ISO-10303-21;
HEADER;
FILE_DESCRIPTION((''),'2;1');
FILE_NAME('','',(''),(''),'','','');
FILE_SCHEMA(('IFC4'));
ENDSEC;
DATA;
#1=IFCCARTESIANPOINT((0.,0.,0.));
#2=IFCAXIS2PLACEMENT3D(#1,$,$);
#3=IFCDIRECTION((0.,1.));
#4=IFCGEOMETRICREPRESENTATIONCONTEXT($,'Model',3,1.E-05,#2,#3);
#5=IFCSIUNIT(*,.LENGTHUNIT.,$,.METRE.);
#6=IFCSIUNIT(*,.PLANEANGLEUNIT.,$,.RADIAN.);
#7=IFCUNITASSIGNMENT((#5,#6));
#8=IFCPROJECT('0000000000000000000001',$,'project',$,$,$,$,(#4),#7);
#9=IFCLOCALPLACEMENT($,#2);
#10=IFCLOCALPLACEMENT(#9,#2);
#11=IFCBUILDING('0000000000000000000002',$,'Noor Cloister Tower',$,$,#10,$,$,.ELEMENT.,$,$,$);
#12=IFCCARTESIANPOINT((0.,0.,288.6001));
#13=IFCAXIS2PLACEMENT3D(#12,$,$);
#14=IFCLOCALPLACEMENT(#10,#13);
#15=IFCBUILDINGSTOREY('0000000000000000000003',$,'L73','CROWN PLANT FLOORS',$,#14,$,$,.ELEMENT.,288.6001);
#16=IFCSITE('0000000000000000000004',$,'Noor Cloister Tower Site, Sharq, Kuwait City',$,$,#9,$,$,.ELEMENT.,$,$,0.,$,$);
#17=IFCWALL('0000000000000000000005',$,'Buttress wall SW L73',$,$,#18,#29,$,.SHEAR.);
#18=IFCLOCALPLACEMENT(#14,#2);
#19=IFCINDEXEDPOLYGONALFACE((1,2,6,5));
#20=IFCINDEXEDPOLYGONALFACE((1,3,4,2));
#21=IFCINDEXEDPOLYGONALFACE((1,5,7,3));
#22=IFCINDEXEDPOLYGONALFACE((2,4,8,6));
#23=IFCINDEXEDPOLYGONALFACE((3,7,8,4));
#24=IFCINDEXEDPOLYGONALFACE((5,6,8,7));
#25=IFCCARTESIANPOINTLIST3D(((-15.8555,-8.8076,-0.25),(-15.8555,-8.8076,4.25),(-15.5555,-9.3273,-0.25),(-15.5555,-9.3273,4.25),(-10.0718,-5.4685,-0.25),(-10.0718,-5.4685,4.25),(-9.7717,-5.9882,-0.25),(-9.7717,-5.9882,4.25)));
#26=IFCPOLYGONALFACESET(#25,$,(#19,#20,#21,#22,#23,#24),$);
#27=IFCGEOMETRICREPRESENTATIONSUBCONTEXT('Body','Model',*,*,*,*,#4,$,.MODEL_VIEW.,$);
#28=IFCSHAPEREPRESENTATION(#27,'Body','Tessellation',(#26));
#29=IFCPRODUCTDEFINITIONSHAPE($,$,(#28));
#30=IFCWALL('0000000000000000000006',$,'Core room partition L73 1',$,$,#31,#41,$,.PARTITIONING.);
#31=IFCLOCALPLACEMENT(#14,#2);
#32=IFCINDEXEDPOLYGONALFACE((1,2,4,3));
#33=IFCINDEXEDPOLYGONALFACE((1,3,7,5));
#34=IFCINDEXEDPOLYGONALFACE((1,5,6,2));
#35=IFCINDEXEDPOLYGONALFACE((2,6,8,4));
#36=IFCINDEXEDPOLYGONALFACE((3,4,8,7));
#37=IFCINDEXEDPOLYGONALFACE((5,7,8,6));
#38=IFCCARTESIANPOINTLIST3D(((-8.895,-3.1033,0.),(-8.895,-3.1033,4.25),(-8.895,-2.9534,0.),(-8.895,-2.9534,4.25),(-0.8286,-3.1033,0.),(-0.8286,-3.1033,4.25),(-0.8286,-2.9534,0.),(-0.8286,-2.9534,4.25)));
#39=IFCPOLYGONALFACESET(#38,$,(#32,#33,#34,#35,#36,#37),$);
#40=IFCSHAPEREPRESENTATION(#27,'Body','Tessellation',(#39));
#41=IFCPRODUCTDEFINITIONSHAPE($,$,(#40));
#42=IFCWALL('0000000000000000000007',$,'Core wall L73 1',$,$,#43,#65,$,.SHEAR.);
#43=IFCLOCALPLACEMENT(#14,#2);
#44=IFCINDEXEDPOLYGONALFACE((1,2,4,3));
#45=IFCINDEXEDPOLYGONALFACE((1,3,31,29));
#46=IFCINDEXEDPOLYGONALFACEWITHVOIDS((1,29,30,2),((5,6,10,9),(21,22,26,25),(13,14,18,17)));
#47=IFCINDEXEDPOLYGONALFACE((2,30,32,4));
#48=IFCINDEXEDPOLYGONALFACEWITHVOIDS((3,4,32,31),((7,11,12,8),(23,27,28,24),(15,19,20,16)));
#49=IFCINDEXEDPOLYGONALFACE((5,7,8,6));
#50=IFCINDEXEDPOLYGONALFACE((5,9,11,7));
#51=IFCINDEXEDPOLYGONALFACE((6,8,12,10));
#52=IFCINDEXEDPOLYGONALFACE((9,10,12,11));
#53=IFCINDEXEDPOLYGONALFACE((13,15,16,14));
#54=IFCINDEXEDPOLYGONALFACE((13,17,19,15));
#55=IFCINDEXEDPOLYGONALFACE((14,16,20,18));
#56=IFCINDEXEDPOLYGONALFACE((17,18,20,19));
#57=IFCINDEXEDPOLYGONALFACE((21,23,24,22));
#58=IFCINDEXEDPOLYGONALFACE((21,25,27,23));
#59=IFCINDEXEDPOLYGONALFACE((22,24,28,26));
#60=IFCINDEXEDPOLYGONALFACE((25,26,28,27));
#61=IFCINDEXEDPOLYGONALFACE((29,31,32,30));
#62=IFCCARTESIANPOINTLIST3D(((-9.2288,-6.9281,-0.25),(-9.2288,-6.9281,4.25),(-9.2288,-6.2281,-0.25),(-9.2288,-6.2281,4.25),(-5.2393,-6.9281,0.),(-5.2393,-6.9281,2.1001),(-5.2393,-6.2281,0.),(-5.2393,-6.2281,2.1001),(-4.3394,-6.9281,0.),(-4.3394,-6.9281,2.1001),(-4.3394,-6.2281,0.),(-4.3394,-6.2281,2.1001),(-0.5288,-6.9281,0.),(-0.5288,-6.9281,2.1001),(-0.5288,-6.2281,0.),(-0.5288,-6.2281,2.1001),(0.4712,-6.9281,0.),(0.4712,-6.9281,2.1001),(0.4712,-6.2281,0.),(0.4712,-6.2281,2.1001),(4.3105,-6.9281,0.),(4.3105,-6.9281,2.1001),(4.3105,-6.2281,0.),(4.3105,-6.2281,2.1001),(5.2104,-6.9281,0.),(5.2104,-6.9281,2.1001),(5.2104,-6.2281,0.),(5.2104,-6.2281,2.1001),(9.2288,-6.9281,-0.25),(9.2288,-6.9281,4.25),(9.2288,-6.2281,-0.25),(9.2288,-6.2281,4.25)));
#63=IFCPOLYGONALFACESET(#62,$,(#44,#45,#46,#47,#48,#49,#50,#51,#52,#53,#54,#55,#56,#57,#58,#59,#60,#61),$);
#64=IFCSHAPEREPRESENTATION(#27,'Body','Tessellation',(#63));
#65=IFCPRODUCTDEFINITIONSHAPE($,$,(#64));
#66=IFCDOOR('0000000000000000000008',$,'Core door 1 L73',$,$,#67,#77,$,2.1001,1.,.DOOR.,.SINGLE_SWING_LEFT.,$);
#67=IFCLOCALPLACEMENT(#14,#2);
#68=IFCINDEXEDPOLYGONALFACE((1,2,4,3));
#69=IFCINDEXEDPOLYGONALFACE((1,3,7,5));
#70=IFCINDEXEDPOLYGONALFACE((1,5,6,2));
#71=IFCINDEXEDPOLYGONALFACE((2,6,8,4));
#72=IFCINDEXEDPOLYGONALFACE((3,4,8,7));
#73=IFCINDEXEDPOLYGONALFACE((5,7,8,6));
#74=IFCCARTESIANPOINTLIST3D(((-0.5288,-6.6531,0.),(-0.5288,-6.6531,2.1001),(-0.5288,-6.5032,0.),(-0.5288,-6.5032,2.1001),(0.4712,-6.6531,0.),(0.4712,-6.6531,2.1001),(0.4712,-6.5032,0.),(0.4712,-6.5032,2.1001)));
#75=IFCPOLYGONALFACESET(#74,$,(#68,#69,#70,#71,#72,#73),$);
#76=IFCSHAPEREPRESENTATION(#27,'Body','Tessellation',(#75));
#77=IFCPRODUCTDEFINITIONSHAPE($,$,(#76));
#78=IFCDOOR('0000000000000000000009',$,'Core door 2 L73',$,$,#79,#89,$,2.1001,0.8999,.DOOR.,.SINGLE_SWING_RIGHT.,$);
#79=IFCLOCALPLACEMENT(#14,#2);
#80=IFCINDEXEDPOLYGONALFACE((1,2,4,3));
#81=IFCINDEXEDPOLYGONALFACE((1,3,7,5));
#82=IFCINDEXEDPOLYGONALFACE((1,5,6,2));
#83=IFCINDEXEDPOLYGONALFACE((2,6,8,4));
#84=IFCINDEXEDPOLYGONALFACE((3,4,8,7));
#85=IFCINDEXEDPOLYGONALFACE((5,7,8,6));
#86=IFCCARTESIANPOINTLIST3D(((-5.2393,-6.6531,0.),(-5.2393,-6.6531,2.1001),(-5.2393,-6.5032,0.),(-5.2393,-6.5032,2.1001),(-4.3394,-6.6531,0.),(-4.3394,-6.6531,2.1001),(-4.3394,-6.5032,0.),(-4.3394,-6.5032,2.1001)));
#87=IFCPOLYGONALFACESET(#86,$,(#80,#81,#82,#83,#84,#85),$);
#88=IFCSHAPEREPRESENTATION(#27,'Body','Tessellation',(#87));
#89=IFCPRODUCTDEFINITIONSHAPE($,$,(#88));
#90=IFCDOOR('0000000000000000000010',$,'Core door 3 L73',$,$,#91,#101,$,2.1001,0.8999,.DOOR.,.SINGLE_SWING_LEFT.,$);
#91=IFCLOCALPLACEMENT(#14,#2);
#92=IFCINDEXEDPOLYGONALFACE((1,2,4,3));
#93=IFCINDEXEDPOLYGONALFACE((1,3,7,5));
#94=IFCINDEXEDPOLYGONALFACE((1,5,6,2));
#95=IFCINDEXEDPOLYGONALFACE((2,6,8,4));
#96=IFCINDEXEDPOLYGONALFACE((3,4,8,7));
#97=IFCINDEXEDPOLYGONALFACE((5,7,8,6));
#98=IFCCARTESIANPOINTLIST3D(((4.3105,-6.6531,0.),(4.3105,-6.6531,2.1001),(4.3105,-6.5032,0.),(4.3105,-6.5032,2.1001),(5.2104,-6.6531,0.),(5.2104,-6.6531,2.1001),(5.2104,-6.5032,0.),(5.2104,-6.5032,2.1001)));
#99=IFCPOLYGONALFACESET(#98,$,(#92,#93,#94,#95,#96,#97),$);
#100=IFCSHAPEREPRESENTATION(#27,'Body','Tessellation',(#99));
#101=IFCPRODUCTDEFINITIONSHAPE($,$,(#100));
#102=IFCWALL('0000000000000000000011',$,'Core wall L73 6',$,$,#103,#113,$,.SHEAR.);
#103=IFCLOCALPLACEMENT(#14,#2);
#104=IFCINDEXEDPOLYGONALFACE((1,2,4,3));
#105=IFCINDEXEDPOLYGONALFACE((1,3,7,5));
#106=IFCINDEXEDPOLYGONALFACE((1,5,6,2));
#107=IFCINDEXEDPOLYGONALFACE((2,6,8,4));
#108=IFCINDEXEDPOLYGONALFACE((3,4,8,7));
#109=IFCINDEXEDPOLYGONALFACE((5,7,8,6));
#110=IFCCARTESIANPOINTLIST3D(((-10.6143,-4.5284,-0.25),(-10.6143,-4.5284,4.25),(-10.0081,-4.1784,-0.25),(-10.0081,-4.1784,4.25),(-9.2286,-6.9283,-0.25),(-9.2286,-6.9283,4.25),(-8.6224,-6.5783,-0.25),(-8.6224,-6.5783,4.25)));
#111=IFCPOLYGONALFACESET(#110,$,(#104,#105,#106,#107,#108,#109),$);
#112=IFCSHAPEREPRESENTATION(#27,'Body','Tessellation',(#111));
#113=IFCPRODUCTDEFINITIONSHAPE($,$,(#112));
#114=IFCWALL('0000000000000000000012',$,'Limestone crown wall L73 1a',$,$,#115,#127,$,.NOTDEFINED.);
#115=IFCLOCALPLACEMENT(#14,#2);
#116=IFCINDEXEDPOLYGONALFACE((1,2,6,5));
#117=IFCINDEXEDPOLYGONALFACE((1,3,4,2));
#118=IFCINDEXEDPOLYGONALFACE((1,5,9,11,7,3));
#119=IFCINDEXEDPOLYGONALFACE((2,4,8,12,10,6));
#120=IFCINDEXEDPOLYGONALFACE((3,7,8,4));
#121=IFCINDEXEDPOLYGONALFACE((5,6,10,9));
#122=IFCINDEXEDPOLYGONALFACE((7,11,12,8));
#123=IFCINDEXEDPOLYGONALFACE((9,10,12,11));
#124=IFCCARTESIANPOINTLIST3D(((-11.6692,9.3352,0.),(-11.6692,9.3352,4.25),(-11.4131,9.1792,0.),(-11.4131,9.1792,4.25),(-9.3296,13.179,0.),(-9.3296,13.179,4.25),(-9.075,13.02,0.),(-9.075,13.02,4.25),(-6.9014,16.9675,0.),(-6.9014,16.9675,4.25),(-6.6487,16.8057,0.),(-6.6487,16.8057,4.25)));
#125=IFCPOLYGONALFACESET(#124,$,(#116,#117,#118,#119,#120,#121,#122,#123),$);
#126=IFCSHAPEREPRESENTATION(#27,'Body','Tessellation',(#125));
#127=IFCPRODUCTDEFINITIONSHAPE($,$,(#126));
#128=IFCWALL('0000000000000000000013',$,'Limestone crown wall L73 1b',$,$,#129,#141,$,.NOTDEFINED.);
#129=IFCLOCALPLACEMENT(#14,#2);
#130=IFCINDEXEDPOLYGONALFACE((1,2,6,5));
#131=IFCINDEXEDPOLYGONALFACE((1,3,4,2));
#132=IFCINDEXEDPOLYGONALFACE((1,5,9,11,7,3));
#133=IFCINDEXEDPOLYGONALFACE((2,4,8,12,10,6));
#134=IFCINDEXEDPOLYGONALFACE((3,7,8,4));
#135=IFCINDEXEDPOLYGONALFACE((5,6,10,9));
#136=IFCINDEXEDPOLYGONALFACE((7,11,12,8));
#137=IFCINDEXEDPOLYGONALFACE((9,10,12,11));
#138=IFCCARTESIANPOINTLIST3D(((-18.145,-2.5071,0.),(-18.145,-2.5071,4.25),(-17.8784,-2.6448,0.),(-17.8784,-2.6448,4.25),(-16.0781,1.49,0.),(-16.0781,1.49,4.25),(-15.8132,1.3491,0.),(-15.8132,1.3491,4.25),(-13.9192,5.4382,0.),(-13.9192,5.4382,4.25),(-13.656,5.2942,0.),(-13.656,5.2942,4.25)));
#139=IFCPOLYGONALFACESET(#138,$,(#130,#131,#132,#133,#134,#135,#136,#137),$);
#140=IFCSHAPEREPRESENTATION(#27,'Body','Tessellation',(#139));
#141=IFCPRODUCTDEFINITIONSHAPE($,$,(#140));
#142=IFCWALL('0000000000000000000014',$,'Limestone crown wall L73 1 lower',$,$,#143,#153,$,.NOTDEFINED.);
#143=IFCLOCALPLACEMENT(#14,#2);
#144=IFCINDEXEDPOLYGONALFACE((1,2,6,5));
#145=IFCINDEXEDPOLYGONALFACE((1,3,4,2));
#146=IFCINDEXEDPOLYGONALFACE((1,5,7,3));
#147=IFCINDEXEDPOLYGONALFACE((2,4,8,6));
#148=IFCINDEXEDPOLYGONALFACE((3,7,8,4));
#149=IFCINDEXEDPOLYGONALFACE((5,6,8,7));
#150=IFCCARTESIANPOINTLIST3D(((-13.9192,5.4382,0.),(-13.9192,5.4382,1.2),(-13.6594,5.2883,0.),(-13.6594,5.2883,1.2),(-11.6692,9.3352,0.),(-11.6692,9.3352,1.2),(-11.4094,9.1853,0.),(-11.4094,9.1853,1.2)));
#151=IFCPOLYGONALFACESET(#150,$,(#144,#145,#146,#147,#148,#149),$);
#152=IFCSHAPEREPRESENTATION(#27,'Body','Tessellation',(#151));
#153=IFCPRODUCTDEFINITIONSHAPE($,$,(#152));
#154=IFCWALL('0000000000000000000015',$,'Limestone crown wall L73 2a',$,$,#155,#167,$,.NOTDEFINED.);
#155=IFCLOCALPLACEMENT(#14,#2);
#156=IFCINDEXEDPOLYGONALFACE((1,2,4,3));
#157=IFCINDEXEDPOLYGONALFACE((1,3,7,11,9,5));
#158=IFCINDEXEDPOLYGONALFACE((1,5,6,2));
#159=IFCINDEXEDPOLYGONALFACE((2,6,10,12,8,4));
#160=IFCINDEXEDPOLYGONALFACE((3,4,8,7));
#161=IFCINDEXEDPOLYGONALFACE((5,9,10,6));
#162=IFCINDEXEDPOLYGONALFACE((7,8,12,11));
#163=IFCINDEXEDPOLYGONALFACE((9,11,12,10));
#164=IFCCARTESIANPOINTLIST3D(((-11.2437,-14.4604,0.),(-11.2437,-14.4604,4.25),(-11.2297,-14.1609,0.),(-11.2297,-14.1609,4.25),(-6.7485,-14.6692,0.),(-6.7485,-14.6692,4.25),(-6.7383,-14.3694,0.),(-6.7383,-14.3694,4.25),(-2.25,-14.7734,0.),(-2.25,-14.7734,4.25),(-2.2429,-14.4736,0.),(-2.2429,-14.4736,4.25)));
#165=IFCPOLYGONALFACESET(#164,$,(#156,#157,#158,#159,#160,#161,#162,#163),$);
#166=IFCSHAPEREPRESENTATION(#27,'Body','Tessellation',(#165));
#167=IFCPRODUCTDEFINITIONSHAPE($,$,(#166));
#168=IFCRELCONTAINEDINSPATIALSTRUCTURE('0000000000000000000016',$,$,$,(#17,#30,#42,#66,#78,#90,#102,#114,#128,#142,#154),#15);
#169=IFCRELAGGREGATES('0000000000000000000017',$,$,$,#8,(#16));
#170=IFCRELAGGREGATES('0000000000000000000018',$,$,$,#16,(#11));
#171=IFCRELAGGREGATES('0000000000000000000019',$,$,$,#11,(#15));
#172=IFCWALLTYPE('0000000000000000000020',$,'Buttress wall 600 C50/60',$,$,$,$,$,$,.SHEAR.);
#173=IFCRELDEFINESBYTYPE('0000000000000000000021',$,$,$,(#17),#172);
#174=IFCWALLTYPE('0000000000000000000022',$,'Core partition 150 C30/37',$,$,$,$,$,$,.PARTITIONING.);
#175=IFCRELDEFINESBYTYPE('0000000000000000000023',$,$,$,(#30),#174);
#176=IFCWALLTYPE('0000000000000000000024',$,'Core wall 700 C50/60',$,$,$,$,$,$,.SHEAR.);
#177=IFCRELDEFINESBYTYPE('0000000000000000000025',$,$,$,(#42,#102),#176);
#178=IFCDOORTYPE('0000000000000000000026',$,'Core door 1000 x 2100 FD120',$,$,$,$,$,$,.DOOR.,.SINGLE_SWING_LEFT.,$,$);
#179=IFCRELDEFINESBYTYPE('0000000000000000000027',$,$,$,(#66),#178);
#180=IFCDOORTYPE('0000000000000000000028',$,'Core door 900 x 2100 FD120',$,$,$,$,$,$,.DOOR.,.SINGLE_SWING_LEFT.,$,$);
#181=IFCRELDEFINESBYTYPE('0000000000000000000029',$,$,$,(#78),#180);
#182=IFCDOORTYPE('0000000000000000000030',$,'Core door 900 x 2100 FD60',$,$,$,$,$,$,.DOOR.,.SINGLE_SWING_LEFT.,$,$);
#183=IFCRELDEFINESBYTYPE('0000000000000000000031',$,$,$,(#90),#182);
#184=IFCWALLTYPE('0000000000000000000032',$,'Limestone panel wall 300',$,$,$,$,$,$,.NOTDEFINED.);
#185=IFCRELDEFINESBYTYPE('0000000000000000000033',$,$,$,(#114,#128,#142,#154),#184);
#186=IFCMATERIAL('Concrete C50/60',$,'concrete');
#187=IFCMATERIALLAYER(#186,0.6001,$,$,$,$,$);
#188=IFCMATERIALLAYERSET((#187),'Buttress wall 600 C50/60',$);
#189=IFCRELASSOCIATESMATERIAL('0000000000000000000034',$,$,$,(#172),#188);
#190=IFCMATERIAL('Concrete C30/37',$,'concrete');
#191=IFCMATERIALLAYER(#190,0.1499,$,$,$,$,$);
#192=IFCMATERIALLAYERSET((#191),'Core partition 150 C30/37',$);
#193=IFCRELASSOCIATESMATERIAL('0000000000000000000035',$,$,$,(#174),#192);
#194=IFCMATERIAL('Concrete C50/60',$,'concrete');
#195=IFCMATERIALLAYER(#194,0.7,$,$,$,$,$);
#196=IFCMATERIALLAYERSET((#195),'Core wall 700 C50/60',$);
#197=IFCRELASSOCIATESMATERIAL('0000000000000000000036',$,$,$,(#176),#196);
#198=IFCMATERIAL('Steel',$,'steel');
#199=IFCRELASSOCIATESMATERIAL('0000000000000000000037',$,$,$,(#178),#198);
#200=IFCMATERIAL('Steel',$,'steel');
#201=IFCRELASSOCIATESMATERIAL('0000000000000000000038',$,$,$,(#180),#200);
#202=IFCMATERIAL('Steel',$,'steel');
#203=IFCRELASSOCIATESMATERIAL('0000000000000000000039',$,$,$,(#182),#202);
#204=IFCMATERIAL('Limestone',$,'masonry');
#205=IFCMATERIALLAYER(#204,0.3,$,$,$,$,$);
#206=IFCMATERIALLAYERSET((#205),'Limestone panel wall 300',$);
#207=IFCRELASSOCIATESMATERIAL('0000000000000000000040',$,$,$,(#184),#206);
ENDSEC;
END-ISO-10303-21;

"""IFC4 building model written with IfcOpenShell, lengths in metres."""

from ifc_helpers import new_model, si_unit, direction, frame, frame_2d, origin, place, context, subcontext, project, spatial, polyline, rectangle, outline, extrude, material, layer, layer_set, type_object, element, fill, save


model = new_model("IFC4")

# Units and contexts
model_context = context("Model", 3, precision=1e-05, world=origin(), true_north=direction((0.0, 1.0)))
body_context = subcontext(model_context, "Body", "Model", "MODEL_VIEW")
ifc_project = project(units=[si_unit("LENGTHUNIT", "METRE"), si_unit("PLANEANGLEUNIT", "RADIAN")], contexts=[model_context])

# Site, building, storey
site_placement = place(None, origin())
site = spatial("IfcSite", under=ifc_project, at=site_placement, Name="Noor Cloister Tower Site, Sharq, Kuwait City", CompositionType="ELEMENT", RefElevation=0.0)
building_placement = place(site_placement, origin())
building = spatial("IfcBuilding", under=site, at=building_placement, Name="Noor Cloister Tower", CompositionType="ELEMENT")
storey_placement = place(building_placement, frame((0.0, 0.0, 288.6001)))
storey = spatial("IfcBuildingStorey", under=building, at=storey_placement, Name="L73", Description="CROWN PLANT FLOORS", CompositionType="ELEMENT", Elevation=288.6001)

# Walls
ifc_material_1 = material(Name="Concrete C50/60", Category="concrete")
ifc_layer_1 = layer(ifc_material_1, 0.6001)
ifc_layer_set_1 = layer_set([ifc_layer_1], Name="Buttress wall 600 C50/60")
wall_type_1 = type_object("IfcWallType", Name="Buttress wall 600 C50/60", PredefinedType="SHEAR", material=ifc_layer_set_1)
wall_1_placement = place(storey_placement, frame((-9.9216, -5.7283, -0.25), z_axis=(0.0, 0.0, 1.0), x_axis=(-0.866032, -0.499988, 0.0)))
element("IfcWall", 1, at=wall_1_placement, inside=storey, type_object=wall_type_1, Name="Buttress wall SW L73", PredefinedType="SHEAR", context=body_context, shape_type="SweptSolid", body=[
    extrude(rectangle(XDim=6.6785, YDim=0.6001, at=frame_2d((3.3394, 0.0))), origin(), (0.0, 0.0, 1.0), 4.5),
])
ifc_material_2 = material(Name="Concrete C30/37", Category="concrete")
ifc_layer_2 = layer(ifc_material_2, 0.1499)
ifc_layer_set_2 = layer_set([ifc_layer_2], Name="Core partition 150 C30/37")
wall_type_2 = type_object("IfcWallType", Name="Core partition 150 C30/37", PredefinedType="PARTITIONING", material=ifc_layer_set_2)
wall_2_placement = place(storey_placement, frame((-8.895, -3.0283, 0.0), z_axis=(0.0, 0.0, 1.0), x_axis=(1.0, 0.0, 0.0)))
element("IfcWall", 2, at=wall_2_placement, inside=storey, type_object=wall_type_2, Name="Core room partition L73 1", PredefinedType="PARTITIONING", context=body_context, shape_type="SweptSolid", body=[
    extrude(rectangle(XDim=8.0664, YDim=0.1499, at=frame_2d((4.0332, 0.0))), origin(), (0.0, 0.0, 1.0), 4.25),
])

# Wall, openings, doors
ifc_material_3 = material(Name="Concrete C50/60", Category="concrete")
ifc_layer_3 = layer(ifc_material_3, 0.7)
ifc_layer_set_3 = layer_set([ifc_layer_3], Name="Core wall 700 C50/60")
wall_type_3 = type_object("IfcWallType", Name="Core wall 700 C50/60", PredefinedType="SHEAR", material=ifc_layer_set_3)
wall_3_placement = place(storey_placement, frame((-9.2288, -6.5781, -0.25), z_axis=(0.0, 0.0, 1.0), x_axis=(1.0, 0.0, 0.0)))
wall_3 = element("IfcWall", 3, at=wall_3_placement, inside=storey, type_object=wall_type_3, Name="Core wall L73 1", PredefinedType="SHEAR", context=body_context, shape_type="SweptSolid", body=[
    extrude(rectangle(XDim=18.4575, YDim=0.7, at=frame_2d((9.2288, 0.0))), origin(), (0.0, 0.0, 1.0), 4.5),
])
opening_1_placement = place(wall_3_placement, frame((8.7, 0.0, 0.25)))
opening_1 = element("IfcOpeningElement", 4, at=opening_1_placement, cuts=wall_3, PredefinedType="OPENING", context=body_context, shape_type="SweptSolid", body=[
    extrude(rectangle(XDim=1.0, YDim=2.1001, at=frame_2d((0.5, 1.05))), frame((0.0, 0.3599, 0.0), z_axis=(0.0, -1.0, 0.0), x_axis=(1.0, 0.0, 0.0)), (0.0, 0.0, 1.0), 0.72),
])
opening_2_placement = place(wall_3_placement, frame((3.9895, 0.0, 0.25)))
opening_2 = element("IfcOpeningElement", 5, at=opening_2_placement, cuts=wall_3, PredefinedType="OPENING", context=body_context, shape_type="SweptSolid", body=[
    extrude(rectangle(XDim=0.8999, YDim=2.1001, at=frame_2d((0.45, 1.05))), frame((0.0, 0.3599, 0.0), z_axis=(0.0, -1.0, 0.0), x_axis=(1.0, 0.0, 0.0)), (0.0, 0.0, 1.0), 0.72),
])
opening_3_placement = place(wall_3_placement, frame((13.5393, 0.0, 0.25)))
opening_3 = element("IfcOpeningElement", 6, at=opening_3_placement, cuts=wall_3, PredefinedType="OPENING", context=body_context, shape_type="SweptSolid", body=[
    extrude(rectangle(XDim=0.8999, YDim=2.1001, at=frame_2d((0.45, 1.05))), frame((0.0, 0.3599, 0.0), z_axis=(0.0, -1.0, 0.0), x_axis=(1.0, 0.0, 0.0)), (0.0, 0.0, 1.0), 0.72),
])
ifc_material_4 = material(Name="Steel", Category="steel")
door_type_1 = type_object("IfcDoorType", Name="Core door 1000 x 2100 FD120", OperationType="SINGLE_SWING_LEFT", PredefinedType="DOOR", material=ifc_material_4)
door_1_placement = place(opening_1_placement, origin())
door_1 = element("IfcDoor", 7, at=door_1_placement, inside=storey, type_object=door_type_1, Name="Core door 1 L73", OperationType="SINGLE_SWING_LEFT", OverallHeight=2.1001, OverallWidth=1.0, PredefinedType="DOOR", context=body_context, shape_type="SweptSolid", body=[
    extrude(rectangle(XDim=1.0, YDim=2.1001, at=frame_2d((0.5, 1.05))), frame((0.0, 0.075, 0.0), z_axis=(0.0, -1.0, 0.0), x_axis=(1.0, 0.0, 0.0)), (0.0, 0.0, 1.0), 0.1499),
])
fill(opening_1, door_1)
ifc_material_5 = material(Name="Steel", Category="steel")
door_type_2 = type_object("IfcDoorType", Name="Core door 900 x 2100 FD120", OperationType="SINGLE_SWING_LEFT", PredefinedType="DOOR", material=ifc_material_5)
door_2_placement = place(opening_2_placement, origin())
door_2 = element("IfcDoor", 8, at=door_2_placement, inside=storey, type_object=door_type_2, Name="Core door 2 L73", OperationType="SINGLE_SWING_RIGHT", OverallHeight=2.1001, OverallWidth=0.8999, PredefinedType="DOOR", context=body_context, shape_type="SweptSolid", body=[
    extrude(rectangle(XDim=0.8999, YDim=2.1001, at=frame_2d((0.45, 1.05))), frame((0.0, 0.075, 0.0), z_axis=(0.0, -1.0, 0.0), x_axis=(1.0, 0.0, 0.0)), (0.0, 0.0, 1.0), 0.1499),
])
fill(opening_2, door_2)
ifc_material_6 = material(Name="Steel", Category="steel")
door_type_3 = type_object("IfcDoorType", Name="Core door 900 x 2100 FD60", OperationType="SINGLE_SWING_LEFT", PredefinedType="DOOR", material=ifc_material_6)
door_3_placement = place(opening_3_placement, origin())
door_3 = element("IfcDoor", 9, at=door_3_placement, inside=storey, type_object=door_type_3, Name="Core door 3 L73", OperationType="SINGLE_SWING_LEFT", OverallHeight=2.1001, OverallWidth=0.8999, PredefinedType="DOOR", context=body_context, shape_type="SweptSolid", body=[
    extrude(rectangle(XDim=0.8999, YDim=2.1001, at=frame_2d((0.45, 1.05))), frame((0.0, 0.075, 0.0), z_axis=(0.0, -1.0, 0.0), x_axis=(1.0, 0.0, 0.0)), (0.0, 0.0, 1.0), 0.1499),
])
fill(opening_3, door_3)

# Walls
wall_4_placement = place(storey_placement, frame((-10.3113, -4.3533, -0.25), z_axis=(0.0, 0.0, 1.0), x_axis=(0.500043, -0.866001, 0.0)))
element("IfcWall", 10, at=wall_4_placement, inside=storey, type_object=wall_type_3, Name="Core wall L73 6", PredefinedType="SHEAR", context=body_context, shape_type="SweptSolid", body=[
    extrude(rectangle(XDim=2.7712, YDim=0.7, at=frame_2d((1.3857, 0.0))), origin(), (0.0, 0.0, 1.0), 4.5),
])
ifc_material_7 = material(Name="Limestone", Category="masonry")
ifc_layer_4 = layer(ifc_material_7, 0.3)
ifc_layer_set_4 = layer_set([ifc_layer_4], Name="Limestone panel wall 300")
wall_type_4 = type_object("IfcWallType", Name="Limestone panel wall 300", PredefinedType="NOTDEFINED", material=ifc_layer_set_4)
wall_5_placement = place(storey_placement, origin())
element("IfcWall", 11, at=wall_5_placement, inside=storey, type_object=wall_type_4, Name="Limestone crown wall L73 1a", PredefinedType="NOTDEFINED", context=body_context, shape_type="SweptSolid", body=[
    extrude(outline(polyline([(-6.9014, 16.9675), (-9.3296, 13.179), (-11.6692, 9.3352), (-11.4131, 9.1792), (-9.075, 13.02), (-6.6487, 16.8057), (-6.9014, 16.9675)])), origin(), (0.0, 0.0, 1.0), 4.25),
])
wall_6_placement = place(storey_placement, origin())
element("IfcWall", 12, at=wall_6_placement, inside=storey, type_object=wall_type_4, Name="Limestone crown wall L73 1b", PredefinedType="NOTDEFINED", context=body_context, shape_type="SweptSolid", body=[
    extrude(outline(polyline([(-13.9192, 5.4382), (-16.0781, 1.49), (-18.145, -2.5071), (-17.8784, -2.6448), (-15.8132, 1.3491), (-13.656, 5.2942), (-13.9192, 5.4382)])), origin(), (0.0, 0.0, 1.0), 4.25),
])
wall_7_placement = place(storey_placement, origin())
element("IfcWall", 13, at=wall_7_placement, inside=storey, type_object=wall_type_4, Name="Limestone crown wall L73 1 lower", PredefinedType="NOTDEFINED", context=body_context, shape_type="SweptSolid", body=[
    extrude(outline(polyline([(-11.6692, 9.3352), (-13.9192, 5.4382), (-13.6594, 5.2883), (-11.4094, 9.1853), (-11.6692, 9.3352)])), origin(), (0.0, 0.0, 1.0), 1.2),
])
wall_8_placement = place(storey_placement, origin())
element("IfcWall", 14, at=wall_8_placement, inside=storey, type_object=wall_type_4, Name="Limestone crown wall L73 2a", PredefinedType="NOTDEFINED", context=body_context, shape_type="SweptSolid", body=[
    extrude(outline(polyline([(-11.2437, -14.4604), (-6.7485, -14.6692), (-2.25, -14.7734), (-2.2429, -14.4736), (-6.7383, -14.3694), (-11.2297, -14.1609), (-11.2437, -14.4604)])), origin(), (0.0, 0.0, 1.0), 4.25),
])

save(model, "model.ifc")
